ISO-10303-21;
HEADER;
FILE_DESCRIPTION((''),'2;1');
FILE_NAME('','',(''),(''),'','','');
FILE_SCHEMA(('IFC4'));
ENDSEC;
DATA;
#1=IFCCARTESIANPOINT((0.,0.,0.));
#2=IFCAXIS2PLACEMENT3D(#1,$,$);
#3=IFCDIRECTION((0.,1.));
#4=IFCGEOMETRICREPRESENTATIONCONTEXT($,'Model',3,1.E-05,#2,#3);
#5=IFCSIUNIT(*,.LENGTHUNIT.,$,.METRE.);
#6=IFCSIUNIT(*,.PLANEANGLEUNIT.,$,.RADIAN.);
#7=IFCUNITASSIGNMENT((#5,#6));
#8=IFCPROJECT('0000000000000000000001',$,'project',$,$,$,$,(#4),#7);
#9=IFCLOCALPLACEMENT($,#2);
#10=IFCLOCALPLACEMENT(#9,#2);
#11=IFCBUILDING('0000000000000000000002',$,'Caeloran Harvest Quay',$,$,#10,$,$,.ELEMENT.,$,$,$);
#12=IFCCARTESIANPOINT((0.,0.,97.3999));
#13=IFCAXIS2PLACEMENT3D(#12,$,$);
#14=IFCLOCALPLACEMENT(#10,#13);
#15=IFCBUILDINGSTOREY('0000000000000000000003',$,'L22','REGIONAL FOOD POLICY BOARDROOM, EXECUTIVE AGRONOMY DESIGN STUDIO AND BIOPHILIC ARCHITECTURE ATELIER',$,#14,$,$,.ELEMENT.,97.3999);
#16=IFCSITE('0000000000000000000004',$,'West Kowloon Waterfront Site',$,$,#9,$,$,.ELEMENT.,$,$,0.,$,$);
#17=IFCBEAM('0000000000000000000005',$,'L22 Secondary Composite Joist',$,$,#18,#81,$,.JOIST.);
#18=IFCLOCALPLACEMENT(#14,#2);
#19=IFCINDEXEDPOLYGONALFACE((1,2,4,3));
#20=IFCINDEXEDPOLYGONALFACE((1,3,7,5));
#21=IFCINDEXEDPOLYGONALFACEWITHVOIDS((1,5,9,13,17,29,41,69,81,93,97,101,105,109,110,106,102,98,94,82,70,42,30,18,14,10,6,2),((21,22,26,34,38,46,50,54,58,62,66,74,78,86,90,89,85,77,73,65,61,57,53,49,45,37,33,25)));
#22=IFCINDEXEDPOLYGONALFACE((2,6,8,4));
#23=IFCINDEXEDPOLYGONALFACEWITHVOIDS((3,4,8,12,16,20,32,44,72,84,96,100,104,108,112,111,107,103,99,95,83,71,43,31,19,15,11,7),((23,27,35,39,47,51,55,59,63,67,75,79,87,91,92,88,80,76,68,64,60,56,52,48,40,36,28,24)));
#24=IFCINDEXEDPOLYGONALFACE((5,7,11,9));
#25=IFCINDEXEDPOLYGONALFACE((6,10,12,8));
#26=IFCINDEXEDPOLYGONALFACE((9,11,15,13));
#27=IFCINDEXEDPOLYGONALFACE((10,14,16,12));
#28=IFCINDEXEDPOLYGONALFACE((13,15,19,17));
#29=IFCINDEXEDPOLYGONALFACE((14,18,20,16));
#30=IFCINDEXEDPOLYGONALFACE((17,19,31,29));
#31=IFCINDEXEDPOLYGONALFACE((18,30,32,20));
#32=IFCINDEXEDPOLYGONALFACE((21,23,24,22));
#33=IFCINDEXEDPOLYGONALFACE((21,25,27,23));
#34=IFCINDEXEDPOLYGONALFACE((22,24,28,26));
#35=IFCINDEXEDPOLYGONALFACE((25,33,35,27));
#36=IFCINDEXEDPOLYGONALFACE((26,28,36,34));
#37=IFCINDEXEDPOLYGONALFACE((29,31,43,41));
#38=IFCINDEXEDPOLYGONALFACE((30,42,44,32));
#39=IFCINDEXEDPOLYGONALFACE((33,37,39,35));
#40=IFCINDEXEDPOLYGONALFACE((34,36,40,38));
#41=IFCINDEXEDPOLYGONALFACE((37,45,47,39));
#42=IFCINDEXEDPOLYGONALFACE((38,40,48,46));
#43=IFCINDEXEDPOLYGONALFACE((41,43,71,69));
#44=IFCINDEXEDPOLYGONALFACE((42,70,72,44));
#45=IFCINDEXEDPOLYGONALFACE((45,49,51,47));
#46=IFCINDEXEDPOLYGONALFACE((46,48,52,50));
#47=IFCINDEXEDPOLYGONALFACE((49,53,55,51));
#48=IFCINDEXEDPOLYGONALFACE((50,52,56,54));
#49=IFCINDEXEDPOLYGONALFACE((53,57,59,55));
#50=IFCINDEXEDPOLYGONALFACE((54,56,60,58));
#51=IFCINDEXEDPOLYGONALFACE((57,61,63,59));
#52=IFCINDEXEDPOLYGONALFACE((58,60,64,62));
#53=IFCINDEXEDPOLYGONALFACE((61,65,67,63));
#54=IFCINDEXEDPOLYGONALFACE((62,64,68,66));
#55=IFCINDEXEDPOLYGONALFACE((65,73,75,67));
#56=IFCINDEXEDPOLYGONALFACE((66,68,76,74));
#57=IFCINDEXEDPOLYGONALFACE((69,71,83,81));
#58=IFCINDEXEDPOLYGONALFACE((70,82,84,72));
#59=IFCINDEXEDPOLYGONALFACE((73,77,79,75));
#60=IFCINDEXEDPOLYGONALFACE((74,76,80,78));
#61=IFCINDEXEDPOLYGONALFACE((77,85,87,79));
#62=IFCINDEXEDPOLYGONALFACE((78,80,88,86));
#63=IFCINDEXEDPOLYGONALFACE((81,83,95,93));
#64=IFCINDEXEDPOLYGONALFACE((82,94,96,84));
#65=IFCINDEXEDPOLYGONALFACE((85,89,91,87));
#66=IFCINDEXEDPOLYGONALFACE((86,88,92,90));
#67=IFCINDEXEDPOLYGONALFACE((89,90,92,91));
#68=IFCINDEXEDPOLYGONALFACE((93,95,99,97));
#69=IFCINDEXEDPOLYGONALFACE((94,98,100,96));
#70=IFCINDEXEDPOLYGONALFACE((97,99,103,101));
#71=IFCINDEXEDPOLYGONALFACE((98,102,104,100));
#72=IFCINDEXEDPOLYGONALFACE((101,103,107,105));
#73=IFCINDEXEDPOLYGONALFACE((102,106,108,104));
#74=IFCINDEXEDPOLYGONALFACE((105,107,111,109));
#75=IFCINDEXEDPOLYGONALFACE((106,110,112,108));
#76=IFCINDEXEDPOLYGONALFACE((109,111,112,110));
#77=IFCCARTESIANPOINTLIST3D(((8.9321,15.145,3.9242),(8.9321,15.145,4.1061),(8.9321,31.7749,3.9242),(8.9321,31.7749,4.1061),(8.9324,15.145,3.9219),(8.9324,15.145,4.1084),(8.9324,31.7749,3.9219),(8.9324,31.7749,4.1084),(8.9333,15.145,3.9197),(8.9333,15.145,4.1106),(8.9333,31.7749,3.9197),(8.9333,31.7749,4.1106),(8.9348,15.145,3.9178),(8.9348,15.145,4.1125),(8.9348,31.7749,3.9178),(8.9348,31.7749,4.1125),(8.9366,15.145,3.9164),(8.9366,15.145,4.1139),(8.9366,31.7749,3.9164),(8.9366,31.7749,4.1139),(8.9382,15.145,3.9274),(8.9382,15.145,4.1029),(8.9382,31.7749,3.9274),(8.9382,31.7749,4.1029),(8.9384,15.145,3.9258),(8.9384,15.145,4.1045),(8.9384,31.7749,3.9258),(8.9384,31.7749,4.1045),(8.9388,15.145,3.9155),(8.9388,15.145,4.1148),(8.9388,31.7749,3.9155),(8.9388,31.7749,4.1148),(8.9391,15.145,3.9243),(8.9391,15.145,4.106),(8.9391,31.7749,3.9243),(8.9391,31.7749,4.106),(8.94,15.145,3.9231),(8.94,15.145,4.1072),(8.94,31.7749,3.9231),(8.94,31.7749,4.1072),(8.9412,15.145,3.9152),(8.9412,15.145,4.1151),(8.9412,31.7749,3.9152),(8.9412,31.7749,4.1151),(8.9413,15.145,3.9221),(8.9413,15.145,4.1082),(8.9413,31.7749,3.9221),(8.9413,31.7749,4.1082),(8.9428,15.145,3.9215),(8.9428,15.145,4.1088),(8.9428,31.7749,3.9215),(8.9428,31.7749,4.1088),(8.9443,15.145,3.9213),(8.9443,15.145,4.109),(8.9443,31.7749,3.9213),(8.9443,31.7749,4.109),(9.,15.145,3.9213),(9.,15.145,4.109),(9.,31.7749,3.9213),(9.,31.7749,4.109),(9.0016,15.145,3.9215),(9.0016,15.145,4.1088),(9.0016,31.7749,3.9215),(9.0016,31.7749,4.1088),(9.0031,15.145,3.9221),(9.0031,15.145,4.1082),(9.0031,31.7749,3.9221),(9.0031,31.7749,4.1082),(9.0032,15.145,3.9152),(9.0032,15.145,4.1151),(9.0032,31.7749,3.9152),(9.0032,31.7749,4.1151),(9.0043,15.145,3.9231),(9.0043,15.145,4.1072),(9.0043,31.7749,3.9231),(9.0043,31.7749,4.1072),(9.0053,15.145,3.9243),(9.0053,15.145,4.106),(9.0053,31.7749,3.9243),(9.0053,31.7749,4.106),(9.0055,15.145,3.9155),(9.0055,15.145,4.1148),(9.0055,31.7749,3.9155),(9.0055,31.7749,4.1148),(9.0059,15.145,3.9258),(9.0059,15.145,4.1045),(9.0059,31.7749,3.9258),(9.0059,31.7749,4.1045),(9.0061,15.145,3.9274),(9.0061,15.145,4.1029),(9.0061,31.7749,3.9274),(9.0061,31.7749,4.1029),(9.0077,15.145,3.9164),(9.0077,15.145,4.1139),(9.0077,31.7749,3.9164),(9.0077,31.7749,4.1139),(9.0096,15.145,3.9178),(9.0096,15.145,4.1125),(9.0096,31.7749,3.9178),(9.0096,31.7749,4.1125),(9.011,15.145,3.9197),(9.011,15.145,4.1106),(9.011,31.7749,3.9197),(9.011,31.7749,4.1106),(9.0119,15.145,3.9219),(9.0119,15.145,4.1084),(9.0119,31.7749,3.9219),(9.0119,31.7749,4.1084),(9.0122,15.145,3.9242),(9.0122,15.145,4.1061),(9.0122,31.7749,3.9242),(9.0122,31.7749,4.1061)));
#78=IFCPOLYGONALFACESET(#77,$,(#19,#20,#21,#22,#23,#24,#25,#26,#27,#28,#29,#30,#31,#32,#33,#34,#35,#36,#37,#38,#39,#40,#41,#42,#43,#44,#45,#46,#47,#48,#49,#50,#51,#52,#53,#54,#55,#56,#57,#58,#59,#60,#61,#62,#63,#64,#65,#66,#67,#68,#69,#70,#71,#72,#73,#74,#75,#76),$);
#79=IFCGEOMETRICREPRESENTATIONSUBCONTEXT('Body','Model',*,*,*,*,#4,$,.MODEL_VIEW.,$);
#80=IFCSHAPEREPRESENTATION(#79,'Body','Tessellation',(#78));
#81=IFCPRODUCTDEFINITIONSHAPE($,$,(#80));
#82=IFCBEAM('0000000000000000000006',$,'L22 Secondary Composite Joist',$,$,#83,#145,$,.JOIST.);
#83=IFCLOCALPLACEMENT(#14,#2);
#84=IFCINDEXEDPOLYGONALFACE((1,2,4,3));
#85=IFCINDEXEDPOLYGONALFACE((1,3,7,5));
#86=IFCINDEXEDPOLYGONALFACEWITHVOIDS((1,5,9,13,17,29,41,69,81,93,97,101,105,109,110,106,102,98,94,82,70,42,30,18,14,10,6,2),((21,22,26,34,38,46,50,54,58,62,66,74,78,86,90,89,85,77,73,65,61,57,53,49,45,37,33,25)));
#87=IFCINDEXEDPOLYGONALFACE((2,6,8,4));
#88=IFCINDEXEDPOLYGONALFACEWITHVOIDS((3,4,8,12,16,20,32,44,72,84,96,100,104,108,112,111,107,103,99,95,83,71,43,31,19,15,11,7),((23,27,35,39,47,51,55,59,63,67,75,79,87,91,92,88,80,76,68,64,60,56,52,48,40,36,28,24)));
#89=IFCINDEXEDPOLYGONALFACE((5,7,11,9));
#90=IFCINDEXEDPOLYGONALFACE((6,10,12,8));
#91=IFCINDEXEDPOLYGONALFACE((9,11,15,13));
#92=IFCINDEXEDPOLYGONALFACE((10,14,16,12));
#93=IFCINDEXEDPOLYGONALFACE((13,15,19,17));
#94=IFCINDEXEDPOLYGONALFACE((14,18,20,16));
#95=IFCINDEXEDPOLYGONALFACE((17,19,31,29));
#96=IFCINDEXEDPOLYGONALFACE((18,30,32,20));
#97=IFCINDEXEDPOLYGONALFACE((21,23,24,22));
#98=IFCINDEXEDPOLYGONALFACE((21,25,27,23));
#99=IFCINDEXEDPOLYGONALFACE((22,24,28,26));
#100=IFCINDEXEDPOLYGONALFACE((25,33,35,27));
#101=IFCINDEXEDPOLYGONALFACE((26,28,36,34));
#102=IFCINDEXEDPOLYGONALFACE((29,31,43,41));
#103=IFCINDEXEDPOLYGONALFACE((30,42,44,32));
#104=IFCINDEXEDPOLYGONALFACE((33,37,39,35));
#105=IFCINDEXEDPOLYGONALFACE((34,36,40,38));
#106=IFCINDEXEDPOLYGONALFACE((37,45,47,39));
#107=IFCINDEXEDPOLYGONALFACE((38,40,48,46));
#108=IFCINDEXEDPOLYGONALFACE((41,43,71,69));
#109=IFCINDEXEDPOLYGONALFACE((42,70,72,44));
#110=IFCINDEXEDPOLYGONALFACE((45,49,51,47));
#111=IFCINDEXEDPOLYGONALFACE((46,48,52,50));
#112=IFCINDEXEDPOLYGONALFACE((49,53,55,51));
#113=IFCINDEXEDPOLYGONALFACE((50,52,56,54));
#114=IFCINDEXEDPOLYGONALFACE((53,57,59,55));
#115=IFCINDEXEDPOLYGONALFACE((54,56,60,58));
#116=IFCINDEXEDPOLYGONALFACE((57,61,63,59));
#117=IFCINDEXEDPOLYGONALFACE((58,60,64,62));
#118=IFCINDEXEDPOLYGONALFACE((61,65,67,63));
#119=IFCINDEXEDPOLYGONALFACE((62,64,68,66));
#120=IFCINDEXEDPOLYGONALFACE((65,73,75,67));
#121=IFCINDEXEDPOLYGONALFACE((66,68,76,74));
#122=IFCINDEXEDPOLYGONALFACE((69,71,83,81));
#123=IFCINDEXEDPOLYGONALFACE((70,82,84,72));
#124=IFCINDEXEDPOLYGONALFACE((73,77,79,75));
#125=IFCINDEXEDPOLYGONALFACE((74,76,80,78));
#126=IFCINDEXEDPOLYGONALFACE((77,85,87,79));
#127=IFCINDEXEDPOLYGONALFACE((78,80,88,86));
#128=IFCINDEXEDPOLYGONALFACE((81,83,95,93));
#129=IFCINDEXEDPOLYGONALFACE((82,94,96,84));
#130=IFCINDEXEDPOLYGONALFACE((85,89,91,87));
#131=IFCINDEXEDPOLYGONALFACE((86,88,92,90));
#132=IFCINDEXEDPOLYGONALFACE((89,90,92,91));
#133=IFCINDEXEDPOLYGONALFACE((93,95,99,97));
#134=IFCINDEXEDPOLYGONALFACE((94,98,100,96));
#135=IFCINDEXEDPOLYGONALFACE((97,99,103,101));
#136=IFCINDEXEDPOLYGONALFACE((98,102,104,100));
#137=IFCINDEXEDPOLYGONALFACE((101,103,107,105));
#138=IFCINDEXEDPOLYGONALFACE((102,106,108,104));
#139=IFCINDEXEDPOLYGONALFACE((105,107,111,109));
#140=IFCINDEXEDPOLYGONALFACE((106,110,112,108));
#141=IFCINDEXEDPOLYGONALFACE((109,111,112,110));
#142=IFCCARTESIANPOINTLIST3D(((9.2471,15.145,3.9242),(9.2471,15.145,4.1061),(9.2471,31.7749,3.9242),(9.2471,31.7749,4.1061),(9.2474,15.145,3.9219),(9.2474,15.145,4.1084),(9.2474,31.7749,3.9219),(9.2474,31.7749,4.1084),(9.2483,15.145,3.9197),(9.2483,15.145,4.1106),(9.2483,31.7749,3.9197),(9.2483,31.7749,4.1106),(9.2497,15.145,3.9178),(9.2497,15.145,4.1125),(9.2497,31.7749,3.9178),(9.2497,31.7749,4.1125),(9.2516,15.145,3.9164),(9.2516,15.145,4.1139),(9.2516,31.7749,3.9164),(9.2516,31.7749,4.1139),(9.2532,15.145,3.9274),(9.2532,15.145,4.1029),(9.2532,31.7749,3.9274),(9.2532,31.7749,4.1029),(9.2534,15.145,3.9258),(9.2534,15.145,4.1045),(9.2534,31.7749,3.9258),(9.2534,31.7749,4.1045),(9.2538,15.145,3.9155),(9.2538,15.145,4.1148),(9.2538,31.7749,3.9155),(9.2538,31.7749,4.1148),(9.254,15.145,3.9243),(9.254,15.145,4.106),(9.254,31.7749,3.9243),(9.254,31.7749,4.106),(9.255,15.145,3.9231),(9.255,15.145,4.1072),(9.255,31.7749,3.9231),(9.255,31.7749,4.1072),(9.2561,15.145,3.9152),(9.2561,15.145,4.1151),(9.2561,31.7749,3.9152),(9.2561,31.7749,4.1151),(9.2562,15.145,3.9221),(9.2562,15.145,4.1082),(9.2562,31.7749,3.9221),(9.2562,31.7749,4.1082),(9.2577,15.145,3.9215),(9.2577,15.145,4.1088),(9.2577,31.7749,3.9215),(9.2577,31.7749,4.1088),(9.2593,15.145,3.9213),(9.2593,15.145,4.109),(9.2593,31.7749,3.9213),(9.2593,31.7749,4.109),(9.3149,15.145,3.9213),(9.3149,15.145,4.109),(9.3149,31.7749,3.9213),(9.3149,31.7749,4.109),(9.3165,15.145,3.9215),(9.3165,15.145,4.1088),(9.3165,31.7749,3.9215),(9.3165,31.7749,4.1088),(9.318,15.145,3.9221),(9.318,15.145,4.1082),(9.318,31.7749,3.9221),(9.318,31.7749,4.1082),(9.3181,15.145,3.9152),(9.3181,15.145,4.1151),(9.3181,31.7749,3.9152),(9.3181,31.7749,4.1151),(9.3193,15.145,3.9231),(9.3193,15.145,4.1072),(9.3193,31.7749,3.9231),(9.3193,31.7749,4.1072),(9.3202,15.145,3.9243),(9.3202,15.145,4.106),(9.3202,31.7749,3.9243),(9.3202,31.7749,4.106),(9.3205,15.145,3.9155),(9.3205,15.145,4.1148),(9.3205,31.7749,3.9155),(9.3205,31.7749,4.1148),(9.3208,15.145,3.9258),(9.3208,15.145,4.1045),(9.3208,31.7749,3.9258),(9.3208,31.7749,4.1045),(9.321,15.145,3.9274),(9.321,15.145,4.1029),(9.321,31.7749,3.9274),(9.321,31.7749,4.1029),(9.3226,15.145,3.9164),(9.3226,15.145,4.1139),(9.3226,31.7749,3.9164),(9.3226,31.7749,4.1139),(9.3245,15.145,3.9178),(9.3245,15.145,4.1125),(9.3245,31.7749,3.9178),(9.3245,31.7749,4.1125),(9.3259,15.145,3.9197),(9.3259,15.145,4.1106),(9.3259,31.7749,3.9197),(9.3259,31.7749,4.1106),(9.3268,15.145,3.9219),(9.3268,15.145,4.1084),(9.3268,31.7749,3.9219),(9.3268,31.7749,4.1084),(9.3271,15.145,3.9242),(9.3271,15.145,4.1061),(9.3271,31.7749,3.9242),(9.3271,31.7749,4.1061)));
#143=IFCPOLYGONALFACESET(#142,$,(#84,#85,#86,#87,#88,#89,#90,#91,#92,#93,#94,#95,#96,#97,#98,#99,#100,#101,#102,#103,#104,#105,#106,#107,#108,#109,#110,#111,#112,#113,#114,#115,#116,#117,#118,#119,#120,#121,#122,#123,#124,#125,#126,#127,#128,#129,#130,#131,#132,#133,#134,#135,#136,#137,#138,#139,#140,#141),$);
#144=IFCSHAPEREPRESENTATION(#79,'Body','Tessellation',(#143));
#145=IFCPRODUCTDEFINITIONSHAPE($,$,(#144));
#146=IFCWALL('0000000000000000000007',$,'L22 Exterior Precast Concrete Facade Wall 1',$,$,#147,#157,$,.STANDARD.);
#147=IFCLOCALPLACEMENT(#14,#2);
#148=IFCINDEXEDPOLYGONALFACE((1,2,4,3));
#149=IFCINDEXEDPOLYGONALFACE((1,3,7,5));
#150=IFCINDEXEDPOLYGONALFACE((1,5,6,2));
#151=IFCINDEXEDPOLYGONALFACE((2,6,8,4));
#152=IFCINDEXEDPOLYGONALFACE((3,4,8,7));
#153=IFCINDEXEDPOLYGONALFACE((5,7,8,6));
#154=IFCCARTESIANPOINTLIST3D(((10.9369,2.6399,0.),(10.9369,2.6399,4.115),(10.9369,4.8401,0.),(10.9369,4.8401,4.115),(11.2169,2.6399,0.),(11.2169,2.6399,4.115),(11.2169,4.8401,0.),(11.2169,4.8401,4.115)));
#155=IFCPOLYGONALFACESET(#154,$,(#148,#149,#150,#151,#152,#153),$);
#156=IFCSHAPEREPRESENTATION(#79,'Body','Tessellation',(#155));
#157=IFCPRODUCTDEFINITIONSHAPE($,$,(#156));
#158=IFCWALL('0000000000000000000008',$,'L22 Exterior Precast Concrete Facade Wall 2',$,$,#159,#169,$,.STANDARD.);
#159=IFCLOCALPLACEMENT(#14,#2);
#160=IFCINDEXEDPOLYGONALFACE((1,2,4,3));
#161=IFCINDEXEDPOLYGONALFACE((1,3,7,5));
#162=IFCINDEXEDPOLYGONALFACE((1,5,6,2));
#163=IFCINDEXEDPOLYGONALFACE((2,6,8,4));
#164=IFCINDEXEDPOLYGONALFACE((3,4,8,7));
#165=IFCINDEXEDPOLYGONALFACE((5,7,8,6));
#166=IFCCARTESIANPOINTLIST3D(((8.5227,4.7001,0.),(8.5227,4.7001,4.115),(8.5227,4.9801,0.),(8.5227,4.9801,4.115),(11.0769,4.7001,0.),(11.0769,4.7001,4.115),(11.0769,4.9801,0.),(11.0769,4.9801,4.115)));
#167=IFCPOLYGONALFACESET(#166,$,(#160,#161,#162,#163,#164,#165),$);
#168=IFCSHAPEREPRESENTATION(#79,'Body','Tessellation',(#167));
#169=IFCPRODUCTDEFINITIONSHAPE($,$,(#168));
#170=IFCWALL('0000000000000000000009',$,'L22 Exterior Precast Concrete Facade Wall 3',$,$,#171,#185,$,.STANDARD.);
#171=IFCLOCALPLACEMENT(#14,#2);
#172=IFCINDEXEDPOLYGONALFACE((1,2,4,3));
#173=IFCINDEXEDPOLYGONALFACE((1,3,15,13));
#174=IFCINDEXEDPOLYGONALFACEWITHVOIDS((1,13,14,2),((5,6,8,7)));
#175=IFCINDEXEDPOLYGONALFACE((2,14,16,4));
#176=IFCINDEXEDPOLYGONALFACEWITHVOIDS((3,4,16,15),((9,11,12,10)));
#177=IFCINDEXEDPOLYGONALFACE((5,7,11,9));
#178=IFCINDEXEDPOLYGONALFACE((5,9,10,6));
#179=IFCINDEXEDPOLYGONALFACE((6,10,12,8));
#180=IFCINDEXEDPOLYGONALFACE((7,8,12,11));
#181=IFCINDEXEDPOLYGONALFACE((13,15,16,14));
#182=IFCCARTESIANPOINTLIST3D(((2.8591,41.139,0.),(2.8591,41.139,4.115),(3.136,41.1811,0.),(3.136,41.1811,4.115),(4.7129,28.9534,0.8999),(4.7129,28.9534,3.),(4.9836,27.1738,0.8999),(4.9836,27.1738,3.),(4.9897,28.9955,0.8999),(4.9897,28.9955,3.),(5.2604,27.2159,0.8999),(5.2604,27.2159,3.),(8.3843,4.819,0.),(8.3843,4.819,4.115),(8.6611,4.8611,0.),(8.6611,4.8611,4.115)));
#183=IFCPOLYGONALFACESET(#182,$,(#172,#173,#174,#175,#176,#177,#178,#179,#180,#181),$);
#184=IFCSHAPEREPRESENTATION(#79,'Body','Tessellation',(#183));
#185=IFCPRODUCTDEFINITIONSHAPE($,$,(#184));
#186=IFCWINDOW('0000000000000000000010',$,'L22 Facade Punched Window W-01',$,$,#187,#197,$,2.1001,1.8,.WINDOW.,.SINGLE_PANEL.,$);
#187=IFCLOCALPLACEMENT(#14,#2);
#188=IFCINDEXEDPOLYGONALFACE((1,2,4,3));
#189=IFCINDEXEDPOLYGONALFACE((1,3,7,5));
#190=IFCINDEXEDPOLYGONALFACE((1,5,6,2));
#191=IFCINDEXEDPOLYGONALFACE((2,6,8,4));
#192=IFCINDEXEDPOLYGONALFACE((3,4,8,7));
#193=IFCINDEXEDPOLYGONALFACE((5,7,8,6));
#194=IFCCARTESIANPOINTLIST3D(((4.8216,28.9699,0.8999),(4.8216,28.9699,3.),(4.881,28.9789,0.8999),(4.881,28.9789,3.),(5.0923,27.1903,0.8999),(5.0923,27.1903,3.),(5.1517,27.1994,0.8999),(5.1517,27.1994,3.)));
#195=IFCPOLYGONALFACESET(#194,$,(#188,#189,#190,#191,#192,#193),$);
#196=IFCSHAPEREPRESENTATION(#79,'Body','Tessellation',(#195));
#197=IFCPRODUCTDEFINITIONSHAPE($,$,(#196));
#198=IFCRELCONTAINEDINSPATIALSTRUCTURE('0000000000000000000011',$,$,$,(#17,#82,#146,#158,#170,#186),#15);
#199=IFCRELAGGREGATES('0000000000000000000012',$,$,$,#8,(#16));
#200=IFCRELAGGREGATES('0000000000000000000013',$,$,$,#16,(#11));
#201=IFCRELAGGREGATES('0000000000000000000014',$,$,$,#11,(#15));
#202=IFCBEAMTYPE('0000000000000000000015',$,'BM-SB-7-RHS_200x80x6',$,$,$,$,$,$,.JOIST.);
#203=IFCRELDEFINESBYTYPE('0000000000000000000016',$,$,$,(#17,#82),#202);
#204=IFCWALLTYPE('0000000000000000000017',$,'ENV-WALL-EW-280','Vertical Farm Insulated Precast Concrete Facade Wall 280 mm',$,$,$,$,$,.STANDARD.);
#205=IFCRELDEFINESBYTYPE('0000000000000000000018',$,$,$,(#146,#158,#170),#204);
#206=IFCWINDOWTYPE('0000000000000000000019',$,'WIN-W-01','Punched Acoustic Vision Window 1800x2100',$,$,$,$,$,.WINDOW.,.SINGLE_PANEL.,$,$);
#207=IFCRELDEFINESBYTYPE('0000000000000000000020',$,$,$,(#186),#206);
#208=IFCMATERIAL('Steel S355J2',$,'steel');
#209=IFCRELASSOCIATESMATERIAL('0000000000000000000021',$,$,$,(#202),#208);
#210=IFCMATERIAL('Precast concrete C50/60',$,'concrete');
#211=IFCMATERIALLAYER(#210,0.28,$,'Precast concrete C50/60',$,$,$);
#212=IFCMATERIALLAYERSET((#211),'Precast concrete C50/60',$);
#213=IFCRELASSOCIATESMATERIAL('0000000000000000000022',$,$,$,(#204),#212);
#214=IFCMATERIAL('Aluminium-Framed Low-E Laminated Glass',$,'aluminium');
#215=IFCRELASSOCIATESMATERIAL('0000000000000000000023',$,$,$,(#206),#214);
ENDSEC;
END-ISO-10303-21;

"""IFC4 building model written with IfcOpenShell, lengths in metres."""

from ifc_helpers import new_model, si_unit, direction, frame, frame_2d, origin, origin_2d, place, context, subcontext, project, spatial, rectangle, hollow_rectangle, extrude, material, layer, layer_set, material_profile, profile_set, type_object, element, fill, save


model = new_model("IFC4")

# Units and contexts
model_context = context("Model", 3, precision=1e-05, world=origin(), true_north=direction((0.0, 1.0)))
body_context = subcontext(model_context, "Body", "Model", "MODEL_VIEW")
ifc_project = project(units=[si_unit("LENGTHUNIT", "METRE"), si_unit("PLANEANGLEUNIT", "RADIAN")], contexts=[model_context])

# Site, building, storey
site_placement = place(None, origin())
site = spatial("IfcSite", under=ifc_project, at=site_placement, Name="West Kowloon Waterfront Site", CompositionType="ELEMENT", RefElevation=0.0)
building_placement = place(site_placement, origin())
building = spatial("IfcBuilding", under=site, at=building_placement, Name="Caeloran Harvest Quay", CompositionType="ELEMENT")
storey_placement = place(building_placement, frame((0.0, 0.0, 97.3999)))
storey = spatial("IfcBuildingStorey", under=building, at=storey_placement, Name="L22", Description="REGIONAL FOOD POLICY BOARDROOM, EXECUTIVE AGRONOMY DESIGN STUDIO AND BIOPHILIC ARCHITECTURE ATELIER", CompositionType="ELEMENT", Elevation=97.3999)

# Beams
ifc_material_1 = material(Name="Steel S355J2", Category="steel")
ifc_material_profile_1 = material_profile(ifc_material_1, hollow_rectangle(XDim=0.0801, YDim=0.2, WallThickness=0.0061, InnerFilletRadius=0.0061, OuterFilletRadius=0.009, at=origin_2d()), Name="RHS 200x80x6")
ifc_profile_set_1 = profile_set([ifc_material_profile_1], Name="Steel S355J2")
beam_type_1 = type_object("IfcBeamType", Name="BM-SB-7-RHS_200x80x6", PredefinedType="JOIST", material=ifc_profile_set_1)
for number, where, z_axis, x_axis, name in (
    (1, (8.9722, 15.145, 4.0151), (0.0, 1.0, 0.0), (-1.0, 0.0, 0.0), "L22 Secondary Composite Joist"),
    (2, (9.2871, 15.145, 4.0151), (0.0, 1.0, 0.0), (-1.0, 0.0, 0.0), "L22 Secondary Composite Joist"),
):
    element("IfcBeam", number, at=place(storey_placement, frame(where, z_axis=z_axis, x_axis=x_axis)), inside=storey, type_object=beam_type_1, Name=name, PredefinedType="JOIST", context=body_context, shape_type="SweptSolid", body=[
        extrude(hollow_rectangle(XDim=0.0801, YDim=0.2, WallThickness=0.0061, InnerFilletRadius=0.0061, OuterFilletRadius=0.009, at=origin_2d()), origin(), (0.0, 0.0, 1.0), 16.6299),
    ])

# Walls
ifc_material_2 = material(Name="Precast concrete C50/60", Category="concrete")
ifc_layer_1 = layer(ifc_material_2, 0.28, Name="Precast concrete C50/60")
ifc_layer_set_1 = layer_set([ifc_layer_1], Name="Precast concrete C50/60")
wall_type_1 = type_object("IfcWallType", Name="ENV-WALL-EW-280", Description="Vertical Farm Insulated Precast Concrete Facade Wall 280 mm", PredefinedType="STANDARD", material=ifc_layer_set_1)
wall_1_placement = place(storey_placement, frame((11.0769, 2.6399, 0.0), z_axis=(0.0, 0.0, 1.0), x_axis=(0.0, 1.0, 0.0)))
element("IfcWall", 3, at=wall_1_placement, inside=storey, type_object=wall_type_1, Name="L22 Exterior Precast Concrete Facade Wall 1", PredefinedType="STANDARD", context=body_context, shape_type="SweptSolid", body=[
    extrude(rectangle(XDim=2.2002, YDim=0.28, at=frame_2d((1.1001, 0.0))), origin(), (0.0, 0.0, 1.0), 4.115),
])
wall_2_placement = place(storey_placement, frame((11.0769, 4.8401, 0.0), z_axis=(0.0, 0.0, 1.0), x_axis=(-1.0, 0.0, 0.0)))
element("IfcWall", 4, at=wall_2_placement, inside=storey, type_object=wall_type_1, Name="L22 Exterior Precast Concrete Facade Wall 2", PredefinedType="STANDARD", context=body_context, shape_type="SweptSolid", body=[
    extrude(rectangle(XDim=2.5542, YDim=0.28, at=frame_2d((1.2771, 0.0))), origin(), (0.0, 0.0, 1.0), 4.115),
])

# Wall, opening, window
wall_3_placement = place(storey_placement, frame((8.5227, 4.8401, 0.0), z_axis=(0.0, 0.0, 1.0), x_axis=(-0.150395, 0.988626, 0.0)))
wall_3 = element("IfcWall", 5, at=wall_3_placement, inside=storey, type_object=wall_type_1, Name="L22 Exterior Precast Concrete Facade Wall 3", PredefinedType="STANDARD", context=body_context, shape_type="SweptSolid", body=[
    extrude(rectangle(XDim=36.7378, YDim=0.28, at=frame_2d((18.3689, 0.0))), origin(), (0.0, 0.0, 1.0), 4.115),
])
opening_placement = place(wall_3_placement, frame((22.6121, 0.0, 0.8999)))
opening = element("IfcOpeningElement", 6, at=opening_placement, cuts=wall_3, PredefinedType="OPENING", context=body_context, shape_type="SweptSolid", body=[
    extrude(rectangle(XDim=1.8, YDim=2.1001, at=frame_2d((0.8999, 1.05))), frame((0.0, 0.1499, 0.0), z_axis=(0.0, -1.0, 0.0), x_axis=(1.0, 0.0, 0.0)), (0.0, 0.0, 1.0), 0.3),
])
ifc_material_3 = material(Name="Aluminium-Framed Low-E Laminated Glass", Category="aluminium")
window_type = type_object("IfcWindowType", Name="WIN-W-01", Description="Punched Acoustic Vision Window 1800x2100", PartitioningType="SINGLE_PANEL", PredefinedType="WINDOW", material=ifc_material_3)
window_placement = place(opening_placement, origin())
window = element("IfcWindow", 7, at=window_placement, inside=storey, type_object=window_type, Name="L22 Facade Punched Window W-01", OverallHeight=2.1001, OverallWidth=1.8, PartitioningType="SINGLE_PANEL", PredefinedType="WINDOW", context=body_context, shape_type="SweptSolid", body=[
    extrude(rectangle(XDim=1.8, YDim=2.1001, at=frame_2d((0.8999, 1.05))), frame((0.0, 0.03, 0.0), z_axis=(0.0, -1.0, 0.0), x_axis=(1.0, 0.0, 0.0)), (0.0, 0.0, 1.0), 0.0601),
])
fill(opening, window)

save(model, "model.ifc")
